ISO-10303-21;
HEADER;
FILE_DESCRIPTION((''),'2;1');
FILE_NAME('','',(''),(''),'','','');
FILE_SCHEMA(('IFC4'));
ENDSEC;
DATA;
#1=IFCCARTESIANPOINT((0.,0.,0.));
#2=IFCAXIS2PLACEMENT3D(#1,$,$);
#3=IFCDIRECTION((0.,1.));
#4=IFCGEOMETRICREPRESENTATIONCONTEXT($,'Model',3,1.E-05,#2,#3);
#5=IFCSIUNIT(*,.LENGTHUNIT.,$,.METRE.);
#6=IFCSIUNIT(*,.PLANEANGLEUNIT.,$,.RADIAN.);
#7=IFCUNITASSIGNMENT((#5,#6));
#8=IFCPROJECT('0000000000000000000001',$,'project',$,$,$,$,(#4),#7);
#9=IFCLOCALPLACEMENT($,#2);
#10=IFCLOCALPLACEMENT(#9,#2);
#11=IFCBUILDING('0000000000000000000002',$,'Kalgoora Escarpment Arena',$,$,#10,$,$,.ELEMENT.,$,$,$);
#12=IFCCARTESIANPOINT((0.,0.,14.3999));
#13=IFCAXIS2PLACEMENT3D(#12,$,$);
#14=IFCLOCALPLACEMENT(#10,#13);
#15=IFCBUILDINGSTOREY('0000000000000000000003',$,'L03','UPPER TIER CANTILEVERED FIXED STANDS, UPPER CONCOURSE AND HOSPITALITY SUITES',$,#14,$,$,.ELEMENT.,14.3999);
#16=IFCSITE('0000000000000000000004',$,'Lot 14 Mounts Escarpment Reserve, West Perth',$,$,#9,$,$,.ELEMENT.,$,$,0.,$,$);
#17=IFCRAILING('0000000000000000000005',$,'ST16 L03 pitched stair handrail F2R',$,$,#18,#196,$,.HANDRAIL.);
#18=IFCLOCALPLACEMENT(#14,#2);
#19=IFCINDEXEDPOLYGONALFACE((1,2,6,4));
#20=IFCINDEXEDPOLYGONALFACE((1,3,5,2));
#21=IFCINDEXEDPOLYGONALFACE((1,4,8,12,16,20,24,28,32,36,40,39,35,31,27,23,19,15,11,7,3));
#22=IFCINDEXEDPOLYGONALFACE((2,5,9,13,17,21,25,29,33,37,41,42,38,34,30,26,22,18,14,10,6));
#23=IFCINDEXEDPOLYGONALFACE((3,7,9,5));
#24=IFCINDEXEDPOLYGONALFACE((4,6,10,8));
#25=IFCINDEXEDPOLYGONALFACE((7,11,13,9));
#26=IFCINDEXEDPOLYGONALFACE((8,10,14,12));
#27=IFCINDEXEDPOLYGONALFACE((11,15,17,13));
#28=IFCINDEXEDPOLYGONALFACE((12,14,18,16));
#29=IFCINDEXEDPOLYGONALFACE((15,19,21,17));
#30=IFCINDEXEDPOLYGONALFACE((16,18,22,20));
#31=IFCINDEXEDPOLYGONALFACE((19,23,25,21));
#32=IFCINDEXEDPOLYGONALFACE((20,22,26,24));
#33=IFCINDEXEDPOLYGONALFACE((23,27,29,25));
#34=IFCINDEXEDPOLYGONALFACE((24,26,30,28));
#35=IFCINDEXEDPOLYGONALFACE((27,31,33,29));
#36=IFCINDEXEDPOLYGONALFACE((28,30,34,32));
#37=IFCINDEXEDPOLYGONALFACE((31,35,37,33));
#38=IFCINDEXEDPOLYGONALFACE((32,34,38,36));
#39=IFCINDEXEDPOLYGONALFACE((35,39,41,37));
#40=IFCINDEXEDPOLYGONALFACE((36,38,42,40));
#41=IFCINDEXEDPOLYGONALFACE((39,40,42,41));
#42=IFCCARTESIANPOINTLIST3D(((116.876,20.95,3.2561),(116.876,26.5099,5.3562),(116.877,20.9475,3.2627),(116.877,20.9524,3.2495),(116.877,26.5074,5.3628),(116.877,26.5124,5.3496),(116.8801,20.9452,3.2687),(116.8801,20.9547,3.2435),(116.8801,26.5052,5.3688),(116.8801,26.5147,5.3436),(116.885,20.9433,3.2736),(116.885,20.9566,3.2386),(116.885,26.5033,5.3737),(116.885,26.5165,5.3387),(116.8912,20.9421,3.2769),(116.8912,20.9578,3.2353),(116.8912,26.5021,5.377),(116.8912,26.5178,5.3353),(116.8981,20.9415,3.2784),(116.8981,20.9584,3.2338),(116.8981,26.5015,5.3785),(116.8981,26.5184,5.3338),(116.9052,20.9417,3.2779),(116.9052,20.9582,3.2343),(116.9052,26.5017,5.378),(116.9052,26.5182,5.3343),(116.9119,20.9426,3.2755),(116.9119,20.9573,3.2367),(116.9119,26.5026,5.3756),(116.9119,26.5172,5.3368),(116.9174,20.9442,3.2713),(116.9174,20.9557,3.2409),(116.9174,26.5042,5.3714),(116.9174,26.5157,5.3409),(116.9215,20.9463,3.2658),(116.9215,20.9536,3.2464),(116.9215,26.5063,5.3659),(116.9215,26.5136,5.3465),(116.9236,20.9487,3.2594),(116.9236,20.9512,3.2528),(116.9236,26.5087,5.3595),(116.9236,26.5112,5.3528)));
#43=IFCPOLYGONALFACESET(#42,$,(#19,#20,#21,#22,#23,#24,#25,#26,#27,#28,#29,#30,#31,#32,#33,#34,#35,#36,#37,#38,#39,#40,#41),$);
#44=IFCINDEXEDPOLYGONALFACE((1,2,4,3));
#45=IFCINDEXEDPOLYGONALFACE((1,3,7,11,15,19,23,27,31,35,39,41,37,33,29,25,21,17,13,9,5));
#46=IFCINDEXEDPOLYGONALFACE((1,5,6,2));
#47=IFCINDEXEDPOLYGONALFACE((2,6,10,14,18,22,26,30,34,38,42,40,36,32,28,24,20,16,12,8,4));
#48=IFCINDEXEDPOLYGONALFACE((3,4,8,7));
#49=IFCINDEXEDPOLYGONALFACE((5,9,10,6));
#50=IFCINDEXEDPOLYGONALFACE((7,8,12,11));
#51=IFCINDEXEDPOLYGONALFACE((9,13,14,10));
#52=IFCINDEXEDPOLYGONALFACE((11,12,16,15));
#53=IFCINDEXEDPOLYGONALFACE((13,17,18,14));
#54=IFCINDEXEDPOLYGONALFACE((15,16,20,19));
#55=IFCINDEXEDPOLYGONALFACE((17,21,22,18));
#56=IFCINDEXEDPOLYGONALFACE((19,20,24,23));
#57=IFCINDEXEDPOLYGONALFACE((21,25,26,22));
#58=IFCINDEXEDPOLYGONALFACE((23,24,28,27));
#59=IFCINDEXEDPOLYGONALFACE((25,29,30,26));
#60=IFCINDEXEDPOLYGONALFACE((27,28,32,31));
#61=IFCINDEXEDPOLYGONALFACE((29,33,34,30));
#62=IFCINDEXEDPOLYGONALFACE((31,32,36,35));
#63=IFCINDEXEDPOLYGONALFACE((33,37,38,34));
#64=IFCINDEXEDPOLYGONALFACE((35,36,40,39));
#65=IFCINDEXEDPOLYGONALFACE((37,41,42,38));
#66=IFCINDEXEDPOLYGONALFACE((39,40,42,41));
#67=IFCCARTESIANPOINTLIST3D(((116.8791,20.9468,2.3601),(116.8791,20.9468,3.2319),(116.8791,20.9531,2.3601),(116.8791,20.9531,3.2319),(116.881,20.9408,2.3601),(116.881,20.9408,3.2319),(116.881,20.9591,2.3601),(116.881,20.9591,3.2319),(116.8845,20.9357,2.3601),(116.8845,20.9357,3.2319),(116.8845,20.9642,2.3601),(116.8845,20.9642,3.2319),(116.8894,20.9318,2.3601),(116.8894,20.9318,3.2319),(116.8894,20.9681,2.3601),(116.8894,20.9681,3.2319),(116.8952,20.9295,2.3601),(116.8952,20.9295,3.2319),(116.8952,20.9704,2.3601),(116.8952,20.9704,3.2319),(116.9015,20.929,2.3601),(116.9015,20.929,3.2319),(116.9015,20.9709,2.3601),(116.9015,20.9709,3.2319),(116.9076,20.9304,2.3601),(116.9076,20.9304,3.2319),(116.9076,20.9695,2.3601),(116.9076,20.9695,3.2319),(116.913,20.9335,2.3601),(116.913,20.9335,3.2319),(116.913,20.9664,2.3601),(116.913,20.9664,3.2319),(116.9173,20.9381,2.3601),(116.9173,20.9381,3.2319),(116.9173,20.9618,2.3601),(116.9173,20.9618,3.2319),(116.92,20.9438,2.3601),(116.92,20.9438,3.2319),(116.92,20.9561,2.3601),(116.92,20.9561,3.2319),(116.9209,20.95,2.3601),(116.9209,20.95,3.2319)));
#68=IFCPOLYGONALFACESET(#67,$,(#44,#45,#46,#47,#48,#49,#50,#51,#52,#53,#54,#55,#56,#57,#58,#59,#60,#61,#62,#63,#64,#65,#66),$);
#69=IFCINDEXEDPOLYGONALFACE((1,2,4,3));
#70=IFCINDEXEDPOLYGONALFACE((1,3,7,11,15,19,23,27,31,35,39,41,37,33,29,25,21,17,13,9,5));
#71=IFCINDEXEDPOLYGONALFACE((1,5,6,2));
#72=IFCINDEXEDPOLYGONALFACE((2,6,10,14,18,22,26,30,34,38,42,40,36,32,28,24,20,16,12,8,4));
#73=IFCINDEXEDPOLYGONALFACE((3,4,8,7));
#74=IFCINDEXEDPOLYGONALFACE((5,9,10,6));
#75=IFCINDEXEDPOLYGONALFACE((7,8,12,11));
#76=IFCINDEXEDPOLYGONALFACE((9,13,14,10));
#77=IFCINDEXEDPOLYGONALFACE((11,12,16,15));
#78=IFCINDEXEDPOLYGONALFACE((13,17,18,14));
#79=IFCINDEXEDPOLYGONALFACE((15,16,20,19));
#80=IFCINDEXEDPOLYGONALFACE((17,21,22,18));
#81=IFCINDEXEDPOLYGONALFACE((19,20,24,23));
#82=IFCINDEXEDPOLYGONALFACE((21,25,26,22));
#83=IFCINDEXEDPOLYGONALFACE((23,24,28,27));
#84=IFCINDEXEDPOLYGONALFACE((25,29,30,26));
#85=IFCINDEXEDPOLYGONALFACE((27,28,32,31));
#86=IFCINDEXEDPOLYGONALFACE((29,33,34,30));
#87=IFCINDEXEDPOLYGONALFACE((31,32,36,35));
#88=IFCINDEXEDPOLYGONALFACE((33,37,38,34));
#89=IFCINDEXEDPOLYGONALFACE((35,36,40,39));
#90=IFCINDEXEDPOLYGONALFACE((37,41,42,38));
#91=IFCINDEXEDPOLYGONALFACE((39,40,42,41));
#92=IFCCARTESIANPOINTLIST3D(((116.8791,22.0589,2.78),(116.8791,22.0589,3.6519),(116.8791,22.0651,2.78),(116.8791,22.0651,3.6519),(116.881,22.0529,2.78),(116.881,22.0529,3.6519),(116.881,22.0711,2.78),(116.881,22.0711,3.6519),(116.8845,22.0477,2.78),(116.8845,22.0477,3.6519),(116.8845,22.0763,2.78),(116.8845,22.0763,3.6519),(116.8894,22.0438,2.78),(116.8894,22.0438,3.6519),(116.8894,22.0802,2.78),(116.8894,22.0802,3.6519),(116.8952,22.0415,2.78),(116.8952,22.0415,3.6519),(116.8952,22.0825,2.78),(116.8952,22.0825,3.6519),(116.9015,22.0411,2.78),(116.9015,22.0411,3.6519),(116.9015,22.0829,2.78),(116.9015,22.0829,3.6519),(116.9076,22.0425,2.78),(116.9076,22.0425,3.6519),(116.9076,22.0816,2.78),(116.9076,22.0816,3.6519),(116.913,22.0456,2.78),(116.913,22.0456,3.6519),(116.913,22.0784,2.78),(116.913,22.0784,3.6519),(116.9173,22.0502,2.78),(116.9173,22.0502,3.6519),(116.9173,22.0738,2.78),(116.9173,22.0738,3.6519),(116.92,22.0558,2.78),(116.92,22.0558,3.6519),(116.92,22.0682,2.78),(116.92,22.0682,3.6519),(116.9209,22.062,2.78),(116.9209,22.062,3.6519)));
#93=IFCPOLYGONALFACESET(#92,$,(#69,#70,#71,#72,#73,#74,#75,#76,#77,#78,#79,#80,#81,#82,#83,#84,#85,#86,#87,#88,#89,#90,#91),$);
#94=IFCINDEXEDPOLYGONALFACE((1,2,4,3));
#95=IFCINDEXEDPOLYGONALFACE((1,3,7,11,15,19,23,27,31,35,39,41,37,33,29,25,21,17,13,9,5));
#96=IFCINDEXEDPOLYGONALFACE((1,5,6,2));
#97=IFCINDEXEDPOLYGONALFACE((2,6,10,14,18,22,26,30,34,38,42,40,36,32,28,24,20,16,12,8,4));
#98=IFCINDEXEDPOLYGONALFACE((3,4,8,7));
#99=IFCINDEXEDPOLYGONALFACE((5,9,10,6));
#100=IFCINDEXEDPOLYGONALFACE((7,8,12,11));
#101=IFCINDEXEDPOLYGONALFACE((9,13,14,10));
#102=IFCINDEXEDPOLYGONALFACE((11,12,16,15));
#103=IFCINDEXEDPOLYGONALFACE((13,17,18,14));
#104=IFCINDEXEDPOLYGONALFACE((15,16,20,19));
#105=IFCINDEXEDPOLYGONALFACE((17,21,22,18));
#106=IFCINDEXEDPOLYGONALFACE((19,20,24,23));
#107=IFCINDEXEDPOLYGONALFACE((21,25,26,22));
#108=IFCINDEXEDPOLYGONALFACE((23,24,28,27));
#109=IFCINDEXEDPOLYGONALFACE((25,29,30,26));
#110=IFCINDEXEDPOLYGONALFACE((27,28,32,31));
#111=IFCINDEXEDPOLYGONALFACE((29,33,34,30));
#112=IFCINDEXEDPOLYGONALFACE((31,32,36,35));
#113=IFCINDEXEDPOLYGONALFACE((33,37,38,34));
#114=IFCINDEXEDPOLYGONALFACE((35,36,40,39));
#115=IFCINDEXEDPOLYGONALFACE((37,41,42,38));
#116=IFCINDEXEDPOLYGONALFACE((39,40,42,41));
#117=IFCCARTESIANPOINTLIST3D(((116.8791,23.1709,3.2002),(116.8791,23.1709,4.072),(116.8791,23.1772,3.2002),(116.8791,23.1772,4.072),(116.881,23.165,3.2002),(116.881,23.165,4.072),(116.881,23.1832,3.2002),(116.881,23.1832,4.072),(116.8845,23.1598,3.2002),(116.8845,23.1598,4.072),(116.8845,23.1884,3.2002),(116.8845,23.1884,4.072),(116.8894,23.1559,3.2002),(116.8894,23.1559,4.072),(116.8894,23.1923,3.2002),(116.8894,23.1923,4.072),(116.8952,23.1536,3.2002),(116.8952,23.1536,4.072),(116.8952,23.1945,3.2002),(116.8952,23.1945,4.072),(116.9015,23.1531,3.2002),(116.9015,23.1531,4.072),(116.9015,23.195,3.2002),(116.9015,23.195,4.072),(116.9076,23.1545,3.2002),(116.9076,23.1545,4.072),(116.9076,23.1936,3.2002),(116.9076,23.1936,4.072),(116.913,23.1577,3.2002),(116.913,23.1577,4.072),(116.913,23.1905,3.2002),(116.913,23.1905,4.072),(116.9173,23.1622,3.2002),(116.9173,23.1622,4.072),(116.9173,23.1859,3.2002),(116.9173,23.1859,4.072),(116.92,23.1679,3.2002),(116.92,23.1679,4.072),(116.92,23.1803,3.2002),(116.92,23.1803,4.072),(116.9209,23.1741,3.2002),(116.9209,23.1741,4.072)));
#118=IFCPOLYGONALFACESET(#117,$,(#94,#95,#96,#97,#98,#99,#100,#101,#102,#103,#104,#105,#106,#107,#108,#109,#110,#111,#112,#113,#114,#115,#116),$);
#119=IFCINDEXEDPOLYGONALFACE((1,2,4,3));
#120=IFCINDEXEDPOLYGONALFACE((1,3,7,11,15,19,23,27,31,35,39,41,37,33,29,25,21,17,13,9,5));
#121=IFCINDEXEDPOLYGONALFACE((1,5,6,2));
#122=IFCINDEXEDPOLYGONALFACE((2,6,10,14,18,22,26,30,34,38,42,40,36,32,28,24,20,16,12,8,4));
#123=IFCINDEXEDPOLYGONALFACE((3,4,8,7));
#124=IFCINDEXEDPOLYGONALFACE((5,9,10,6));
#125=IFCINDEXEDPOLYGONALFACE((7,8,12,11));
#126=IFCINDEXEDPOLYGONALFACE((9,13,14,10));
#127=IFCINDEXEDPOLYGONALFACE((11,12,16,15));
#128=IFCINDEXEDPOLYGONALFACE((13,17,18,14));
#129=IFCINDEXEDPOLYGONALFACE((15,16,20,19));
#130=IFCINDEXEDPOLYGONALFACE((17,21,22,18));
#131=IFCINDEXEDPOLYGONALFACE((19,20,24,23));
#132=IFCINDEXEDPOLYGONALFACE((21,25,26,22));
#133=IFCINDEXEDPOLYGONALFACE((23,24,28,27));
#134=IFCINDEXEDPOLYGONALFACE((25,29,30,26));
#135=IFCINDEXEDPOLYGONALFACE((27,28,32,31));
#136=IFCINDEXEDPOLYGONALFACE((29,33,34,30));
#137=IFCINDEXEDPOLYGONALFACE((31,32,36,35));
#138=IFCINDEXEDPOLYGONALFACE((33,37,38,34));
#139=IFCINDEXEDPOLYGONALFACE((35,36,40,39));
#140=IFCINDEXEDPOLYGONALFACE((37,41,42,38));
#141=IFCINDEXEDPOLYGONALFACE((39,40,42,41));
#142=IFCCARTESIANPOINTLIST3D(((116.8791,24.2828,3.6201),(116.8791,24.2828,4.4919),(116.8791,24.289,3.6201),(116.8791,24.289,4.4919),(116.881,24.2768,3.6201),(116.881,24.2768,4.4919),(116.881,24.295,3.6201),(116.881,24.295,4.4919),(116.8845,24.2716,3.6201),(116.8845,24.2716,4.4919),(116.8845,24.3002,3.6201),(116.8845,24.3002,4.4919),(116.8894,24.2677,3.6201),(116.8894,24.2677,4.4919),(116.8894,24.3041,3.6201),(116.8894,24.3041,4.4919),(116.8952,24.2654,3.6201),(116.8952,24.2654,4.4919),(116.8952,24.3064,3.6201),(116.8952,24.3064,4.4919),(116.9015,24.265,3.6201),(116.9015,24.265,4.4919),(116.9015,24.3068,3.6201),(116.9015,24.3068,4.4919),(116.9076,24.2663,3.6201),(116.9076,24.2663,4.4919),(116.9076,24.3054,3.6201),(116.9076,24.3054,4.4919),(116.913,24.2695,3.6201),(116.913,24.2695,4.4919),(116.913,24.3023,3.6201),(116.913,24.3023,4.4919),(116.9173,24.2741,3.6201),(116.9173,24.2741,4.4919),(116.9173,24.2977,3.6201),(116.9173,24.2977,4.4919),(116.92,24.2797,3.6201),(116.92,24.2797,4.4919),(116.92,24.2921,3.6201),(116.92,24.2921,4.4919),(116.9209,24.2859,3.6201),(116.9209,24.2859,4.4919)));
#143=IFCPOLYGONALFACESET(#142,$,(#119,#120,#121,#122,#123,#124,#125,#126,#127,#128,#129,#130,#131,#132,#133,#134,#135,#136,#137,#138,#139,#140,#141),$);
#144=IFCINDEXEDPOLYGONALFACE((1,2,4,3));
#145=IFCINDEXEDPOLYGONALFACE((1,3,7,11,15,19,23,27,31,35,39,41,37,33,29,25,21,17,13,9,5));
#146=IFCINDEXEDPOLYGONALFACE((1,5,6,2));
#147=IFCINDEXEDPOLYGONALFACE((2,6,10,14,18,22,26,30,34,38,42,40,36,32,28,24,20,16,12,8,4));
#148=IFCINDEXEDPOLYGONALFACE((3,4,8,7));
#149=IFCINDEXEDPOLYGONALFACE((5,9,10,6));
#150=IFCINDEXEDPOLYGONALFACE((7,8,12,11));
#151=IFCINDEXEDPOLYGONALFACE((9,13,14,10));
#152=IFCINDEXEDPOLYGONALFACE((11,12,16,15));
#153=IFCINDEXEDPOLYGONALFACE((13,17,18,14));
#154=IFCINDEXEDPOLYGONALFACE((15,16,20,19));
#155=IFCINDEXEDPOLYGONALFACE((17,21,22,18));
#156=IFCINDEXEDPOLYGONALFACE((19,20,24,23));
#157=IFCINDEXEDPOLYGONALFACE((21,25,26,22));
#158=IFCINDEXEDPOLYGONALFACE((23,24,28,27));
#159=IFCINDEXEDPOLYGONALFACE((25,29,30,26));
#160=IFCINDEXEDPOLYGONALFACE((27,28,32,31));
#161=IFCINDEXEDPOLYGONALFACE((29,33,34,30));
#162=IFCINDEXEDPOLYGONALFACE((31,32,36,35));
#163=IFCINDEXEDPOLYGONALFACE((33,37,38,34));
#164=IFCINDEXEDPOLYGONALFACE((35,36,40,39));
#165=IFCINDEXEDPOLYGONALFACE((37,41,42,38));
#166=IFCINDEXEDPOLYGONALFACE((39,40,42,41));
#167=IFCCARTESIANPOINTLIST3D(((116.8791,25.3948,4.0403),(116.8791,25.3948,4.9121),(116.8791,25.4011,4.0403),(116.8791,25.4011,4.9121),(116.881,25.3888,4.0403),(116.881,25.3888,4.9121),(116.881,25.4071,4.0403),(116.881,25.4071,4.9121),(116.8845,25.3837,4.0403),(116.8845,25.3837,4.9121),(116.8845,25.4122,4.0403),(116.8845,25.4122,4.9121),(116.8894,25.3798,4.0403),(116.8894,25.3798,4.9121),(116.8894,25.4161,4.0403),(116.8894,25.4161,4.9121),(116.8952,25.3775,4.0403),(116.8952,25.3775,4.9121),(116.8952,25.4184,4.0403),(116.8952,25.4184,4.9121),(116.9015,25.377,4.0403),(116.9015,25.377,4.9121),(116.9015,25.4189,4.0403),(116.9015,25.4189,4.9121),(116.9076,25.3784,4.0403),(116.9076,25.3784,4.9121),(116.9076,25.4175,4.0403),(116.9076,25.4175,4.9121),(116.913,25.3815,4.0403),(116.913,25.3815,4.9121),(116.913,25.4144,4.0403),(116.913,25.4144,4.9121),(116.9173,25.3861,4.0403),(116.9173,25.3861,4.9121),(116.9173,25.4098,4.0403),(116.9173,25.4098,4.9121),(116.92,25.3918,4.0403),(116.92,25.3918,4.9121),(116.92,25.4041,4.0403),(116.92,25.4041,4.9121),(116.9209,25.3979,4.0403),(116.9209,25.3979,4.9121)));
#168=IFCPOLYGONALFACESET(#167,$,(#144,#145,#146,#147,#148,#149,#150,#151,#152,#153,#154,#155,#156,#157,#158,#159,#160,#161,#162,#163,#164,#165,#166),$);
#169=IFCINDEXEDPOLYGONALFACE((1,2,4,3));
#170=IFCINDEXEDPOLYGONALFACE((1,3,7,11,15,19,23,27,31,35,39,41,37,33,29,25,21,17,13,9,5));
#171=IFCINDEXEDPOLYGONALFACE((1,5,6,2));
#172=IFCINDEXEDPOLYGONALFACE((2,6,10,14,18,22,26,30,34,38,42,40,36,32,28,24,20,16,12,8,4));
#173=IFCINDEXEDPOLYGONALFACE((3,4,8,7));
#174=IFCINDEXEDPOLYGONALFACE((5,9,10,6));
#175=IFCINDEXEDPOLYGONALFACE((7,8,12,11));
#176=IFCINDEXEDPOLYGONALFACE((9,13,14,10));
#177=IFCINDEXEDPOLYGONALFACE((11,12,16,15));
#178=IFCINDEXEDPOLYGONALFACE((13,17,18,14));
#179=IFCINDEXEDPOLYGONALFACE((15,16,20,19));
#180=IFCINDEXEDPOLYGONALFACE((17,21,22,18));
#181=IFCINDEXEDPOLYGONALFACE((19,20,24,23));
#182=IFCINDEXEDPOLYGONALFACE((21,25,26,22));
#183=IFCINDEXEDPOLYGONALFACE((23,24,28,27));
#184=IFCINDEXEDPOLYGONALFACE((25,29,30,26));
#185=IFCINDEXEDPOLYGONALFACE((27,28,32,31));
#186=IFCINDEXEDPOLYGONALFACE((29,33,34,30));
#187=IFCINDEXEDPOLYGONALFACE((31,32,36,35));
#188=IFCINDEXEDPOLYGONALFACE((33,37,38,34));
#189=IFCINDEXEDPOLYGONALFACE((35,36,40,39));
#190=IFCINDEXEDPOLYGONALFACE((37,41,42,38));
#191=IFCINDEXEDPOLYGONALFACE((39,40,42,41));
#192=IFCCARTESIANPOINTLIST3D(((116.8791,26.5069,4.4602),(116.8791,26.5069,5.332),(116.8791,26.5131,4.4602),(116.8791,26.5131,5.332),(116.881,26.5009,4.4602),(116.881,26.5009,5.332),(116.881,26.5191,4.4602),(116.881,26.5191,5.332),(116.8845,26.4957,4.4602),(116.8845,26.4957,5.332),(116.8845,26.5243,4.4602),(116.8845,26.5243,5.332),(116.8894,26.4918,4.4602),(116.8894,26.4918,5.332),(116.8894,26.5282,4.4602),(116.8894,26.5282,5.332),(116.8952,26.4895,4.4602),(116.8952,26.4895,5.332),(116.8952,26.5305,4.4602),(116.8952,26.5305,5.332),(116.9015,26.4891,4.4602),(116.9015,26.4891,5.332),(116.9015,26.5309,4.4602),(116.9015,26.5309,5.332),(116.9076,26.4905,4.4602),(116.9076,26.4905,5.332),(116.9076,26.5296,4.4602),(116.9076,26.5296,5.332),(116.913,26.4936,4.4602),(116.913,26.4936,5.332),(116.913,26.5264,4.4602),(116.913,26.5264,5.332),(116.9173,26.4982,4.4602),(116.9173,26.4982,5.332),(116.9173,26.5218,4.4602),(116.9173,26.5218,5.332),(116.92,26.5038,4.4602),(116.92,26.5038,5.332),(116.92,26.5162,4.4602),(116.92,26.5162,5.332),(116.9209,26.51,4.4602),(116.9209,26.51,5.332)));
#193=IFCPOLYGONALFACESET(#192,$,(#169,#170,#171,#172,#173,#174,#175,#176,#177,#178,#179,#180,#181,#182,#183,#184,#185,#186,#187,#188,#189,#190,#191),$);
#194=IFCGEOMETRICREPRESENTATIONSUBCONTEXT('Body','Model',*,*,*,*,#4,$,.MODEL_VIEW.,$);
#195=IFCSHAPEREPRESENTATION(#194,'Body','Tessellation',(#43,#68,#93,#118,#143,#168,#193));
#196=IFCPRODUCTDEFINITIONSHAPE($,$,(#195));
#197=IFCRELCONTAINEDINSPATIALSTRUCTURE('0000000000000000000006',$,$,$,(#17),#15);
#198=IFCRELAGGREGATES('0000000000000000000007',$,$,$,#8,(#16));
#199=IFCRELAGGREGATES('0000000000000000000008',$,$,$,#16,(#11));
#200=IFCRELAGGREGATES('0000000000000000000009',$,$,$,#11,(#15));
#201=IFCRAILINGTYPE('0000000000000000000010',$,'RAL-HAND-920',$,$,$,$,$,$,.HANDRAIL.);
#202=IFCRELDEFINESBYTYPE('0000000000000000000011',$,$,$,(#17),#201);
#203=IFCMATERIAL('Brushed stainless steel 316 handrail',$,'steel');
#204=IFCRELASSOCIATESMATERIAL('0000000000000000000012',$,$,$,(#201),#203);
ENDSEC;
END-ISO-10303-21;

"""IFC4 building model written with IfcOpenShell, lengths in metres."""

from ifc_helpers import new_model, si_unit, direction, frame, origin, origin_2d, place, context, subcontext, project, spatial, circle, extrude, material, type_object, element, save


model = new_model("IFC4")

# Units and contexts
model_context = context("Model", 3, precision=1e-05, world=origin(), true_north=direction((0.0, 1.0)))
body_context = subcontext(model_context, "Body", "Model", "MODEL_VIEW")
ifc_project = project(units=[si_unit("LENGTHUNIT", "METRE"), si_unit("PLANEANGLEUNIT", "RADIAN")], contexts=[model_context])

# Site, building, storey
site_placement = place(None, origin())
site = spatial("IfcSite", under=ifc_project, at=site_placement, Name="Lot 14 Mounts Escarpment Reserve, West Perth", CompositionType="ELEMENT", RefElevation=0.0)
building_placement = place(site_placement, origin())
building = spatial("IfcBuilding", under=site, at=building_placement, Name="Kalgoora Escarpment Arena", CompositionType="ELEMENT")
storey_placement = place(building_placement, frame((0.0, 0.0, 14.3999)))
storey = spatial("IfcBuildingStorey", under=building, at=storey_placement, Name="L03", Description="UPPER TIER CANTILEVERED FIXED STANDS, UPPER CONCOURSE AND HOSPITALITY SUITES", CompositionType="ELEMENT", Elevation=14.3999)

# Railing
ifc_material_1 = material(Name="Brushed stainless steel 316 handrail", Category="steel")
railing_type_1 = type_object("IfcRailingType", Name="RAL-HAND-920", PredefinedType="HANDRAIL", material=ifc_material_1)
for number, where, name in (
    (1, (116.8999, 20.95, 2.3601), "ST16 L03 pitched stair handrail F2R"),
):
    element("IfcRailing", number, at=place(storey_placement, frame(where)), inside=storey, type_object=railing_type_1, Name=name, PredefinedType="HANDRAIL", context=body_context, shape_type="SweptSolid", body=[
        extrude(circle(Radius=0.0239, at=origin_2d()), frame((0.0, 0.0, 0.896), z_axis=(0.0, 0.935493, 0.353346), x_axis=(-1.0, 0.0, 0.0)), (0.0, 0.0, 1.0), 5.9434),
        extrude(circle(Radius=0.021, at=origin_2d()), origin(), (0.0, 0.0, 1.0), 0.8718),
        extrude(circle(Radius=0.021, at=origin_2d()), frame((0.0, 1.1121, 0.4199)), (0.0, 0.0, 1.0), 0.8718),
        extrude(circle(Radius=0.021, at=origin_2d()), frame((0.0, 2.2241, 0.8401)), (0.0, 0.0, 1.0), 0.8718),
        extrude(circle(Radius=0.021, at=origin_2d()), frame((0.0, 3.3359, 1.26)), (0.0, 0.0, 1.0), 0.8718),
        extrude(circle(Radius=0.021, at=origin_2d()), frame((0.0, 4.448, 1.6802)), (0.0, 0.0, 1.0), 0.8718),
        extrude(circle(Radius=0.021, at=origin_2d()), frame((0.0, 5.5601, 2.1001)), (0.0, 0.0, 1.0), 0.8718),
    ])

save(model, "model.ifc")
